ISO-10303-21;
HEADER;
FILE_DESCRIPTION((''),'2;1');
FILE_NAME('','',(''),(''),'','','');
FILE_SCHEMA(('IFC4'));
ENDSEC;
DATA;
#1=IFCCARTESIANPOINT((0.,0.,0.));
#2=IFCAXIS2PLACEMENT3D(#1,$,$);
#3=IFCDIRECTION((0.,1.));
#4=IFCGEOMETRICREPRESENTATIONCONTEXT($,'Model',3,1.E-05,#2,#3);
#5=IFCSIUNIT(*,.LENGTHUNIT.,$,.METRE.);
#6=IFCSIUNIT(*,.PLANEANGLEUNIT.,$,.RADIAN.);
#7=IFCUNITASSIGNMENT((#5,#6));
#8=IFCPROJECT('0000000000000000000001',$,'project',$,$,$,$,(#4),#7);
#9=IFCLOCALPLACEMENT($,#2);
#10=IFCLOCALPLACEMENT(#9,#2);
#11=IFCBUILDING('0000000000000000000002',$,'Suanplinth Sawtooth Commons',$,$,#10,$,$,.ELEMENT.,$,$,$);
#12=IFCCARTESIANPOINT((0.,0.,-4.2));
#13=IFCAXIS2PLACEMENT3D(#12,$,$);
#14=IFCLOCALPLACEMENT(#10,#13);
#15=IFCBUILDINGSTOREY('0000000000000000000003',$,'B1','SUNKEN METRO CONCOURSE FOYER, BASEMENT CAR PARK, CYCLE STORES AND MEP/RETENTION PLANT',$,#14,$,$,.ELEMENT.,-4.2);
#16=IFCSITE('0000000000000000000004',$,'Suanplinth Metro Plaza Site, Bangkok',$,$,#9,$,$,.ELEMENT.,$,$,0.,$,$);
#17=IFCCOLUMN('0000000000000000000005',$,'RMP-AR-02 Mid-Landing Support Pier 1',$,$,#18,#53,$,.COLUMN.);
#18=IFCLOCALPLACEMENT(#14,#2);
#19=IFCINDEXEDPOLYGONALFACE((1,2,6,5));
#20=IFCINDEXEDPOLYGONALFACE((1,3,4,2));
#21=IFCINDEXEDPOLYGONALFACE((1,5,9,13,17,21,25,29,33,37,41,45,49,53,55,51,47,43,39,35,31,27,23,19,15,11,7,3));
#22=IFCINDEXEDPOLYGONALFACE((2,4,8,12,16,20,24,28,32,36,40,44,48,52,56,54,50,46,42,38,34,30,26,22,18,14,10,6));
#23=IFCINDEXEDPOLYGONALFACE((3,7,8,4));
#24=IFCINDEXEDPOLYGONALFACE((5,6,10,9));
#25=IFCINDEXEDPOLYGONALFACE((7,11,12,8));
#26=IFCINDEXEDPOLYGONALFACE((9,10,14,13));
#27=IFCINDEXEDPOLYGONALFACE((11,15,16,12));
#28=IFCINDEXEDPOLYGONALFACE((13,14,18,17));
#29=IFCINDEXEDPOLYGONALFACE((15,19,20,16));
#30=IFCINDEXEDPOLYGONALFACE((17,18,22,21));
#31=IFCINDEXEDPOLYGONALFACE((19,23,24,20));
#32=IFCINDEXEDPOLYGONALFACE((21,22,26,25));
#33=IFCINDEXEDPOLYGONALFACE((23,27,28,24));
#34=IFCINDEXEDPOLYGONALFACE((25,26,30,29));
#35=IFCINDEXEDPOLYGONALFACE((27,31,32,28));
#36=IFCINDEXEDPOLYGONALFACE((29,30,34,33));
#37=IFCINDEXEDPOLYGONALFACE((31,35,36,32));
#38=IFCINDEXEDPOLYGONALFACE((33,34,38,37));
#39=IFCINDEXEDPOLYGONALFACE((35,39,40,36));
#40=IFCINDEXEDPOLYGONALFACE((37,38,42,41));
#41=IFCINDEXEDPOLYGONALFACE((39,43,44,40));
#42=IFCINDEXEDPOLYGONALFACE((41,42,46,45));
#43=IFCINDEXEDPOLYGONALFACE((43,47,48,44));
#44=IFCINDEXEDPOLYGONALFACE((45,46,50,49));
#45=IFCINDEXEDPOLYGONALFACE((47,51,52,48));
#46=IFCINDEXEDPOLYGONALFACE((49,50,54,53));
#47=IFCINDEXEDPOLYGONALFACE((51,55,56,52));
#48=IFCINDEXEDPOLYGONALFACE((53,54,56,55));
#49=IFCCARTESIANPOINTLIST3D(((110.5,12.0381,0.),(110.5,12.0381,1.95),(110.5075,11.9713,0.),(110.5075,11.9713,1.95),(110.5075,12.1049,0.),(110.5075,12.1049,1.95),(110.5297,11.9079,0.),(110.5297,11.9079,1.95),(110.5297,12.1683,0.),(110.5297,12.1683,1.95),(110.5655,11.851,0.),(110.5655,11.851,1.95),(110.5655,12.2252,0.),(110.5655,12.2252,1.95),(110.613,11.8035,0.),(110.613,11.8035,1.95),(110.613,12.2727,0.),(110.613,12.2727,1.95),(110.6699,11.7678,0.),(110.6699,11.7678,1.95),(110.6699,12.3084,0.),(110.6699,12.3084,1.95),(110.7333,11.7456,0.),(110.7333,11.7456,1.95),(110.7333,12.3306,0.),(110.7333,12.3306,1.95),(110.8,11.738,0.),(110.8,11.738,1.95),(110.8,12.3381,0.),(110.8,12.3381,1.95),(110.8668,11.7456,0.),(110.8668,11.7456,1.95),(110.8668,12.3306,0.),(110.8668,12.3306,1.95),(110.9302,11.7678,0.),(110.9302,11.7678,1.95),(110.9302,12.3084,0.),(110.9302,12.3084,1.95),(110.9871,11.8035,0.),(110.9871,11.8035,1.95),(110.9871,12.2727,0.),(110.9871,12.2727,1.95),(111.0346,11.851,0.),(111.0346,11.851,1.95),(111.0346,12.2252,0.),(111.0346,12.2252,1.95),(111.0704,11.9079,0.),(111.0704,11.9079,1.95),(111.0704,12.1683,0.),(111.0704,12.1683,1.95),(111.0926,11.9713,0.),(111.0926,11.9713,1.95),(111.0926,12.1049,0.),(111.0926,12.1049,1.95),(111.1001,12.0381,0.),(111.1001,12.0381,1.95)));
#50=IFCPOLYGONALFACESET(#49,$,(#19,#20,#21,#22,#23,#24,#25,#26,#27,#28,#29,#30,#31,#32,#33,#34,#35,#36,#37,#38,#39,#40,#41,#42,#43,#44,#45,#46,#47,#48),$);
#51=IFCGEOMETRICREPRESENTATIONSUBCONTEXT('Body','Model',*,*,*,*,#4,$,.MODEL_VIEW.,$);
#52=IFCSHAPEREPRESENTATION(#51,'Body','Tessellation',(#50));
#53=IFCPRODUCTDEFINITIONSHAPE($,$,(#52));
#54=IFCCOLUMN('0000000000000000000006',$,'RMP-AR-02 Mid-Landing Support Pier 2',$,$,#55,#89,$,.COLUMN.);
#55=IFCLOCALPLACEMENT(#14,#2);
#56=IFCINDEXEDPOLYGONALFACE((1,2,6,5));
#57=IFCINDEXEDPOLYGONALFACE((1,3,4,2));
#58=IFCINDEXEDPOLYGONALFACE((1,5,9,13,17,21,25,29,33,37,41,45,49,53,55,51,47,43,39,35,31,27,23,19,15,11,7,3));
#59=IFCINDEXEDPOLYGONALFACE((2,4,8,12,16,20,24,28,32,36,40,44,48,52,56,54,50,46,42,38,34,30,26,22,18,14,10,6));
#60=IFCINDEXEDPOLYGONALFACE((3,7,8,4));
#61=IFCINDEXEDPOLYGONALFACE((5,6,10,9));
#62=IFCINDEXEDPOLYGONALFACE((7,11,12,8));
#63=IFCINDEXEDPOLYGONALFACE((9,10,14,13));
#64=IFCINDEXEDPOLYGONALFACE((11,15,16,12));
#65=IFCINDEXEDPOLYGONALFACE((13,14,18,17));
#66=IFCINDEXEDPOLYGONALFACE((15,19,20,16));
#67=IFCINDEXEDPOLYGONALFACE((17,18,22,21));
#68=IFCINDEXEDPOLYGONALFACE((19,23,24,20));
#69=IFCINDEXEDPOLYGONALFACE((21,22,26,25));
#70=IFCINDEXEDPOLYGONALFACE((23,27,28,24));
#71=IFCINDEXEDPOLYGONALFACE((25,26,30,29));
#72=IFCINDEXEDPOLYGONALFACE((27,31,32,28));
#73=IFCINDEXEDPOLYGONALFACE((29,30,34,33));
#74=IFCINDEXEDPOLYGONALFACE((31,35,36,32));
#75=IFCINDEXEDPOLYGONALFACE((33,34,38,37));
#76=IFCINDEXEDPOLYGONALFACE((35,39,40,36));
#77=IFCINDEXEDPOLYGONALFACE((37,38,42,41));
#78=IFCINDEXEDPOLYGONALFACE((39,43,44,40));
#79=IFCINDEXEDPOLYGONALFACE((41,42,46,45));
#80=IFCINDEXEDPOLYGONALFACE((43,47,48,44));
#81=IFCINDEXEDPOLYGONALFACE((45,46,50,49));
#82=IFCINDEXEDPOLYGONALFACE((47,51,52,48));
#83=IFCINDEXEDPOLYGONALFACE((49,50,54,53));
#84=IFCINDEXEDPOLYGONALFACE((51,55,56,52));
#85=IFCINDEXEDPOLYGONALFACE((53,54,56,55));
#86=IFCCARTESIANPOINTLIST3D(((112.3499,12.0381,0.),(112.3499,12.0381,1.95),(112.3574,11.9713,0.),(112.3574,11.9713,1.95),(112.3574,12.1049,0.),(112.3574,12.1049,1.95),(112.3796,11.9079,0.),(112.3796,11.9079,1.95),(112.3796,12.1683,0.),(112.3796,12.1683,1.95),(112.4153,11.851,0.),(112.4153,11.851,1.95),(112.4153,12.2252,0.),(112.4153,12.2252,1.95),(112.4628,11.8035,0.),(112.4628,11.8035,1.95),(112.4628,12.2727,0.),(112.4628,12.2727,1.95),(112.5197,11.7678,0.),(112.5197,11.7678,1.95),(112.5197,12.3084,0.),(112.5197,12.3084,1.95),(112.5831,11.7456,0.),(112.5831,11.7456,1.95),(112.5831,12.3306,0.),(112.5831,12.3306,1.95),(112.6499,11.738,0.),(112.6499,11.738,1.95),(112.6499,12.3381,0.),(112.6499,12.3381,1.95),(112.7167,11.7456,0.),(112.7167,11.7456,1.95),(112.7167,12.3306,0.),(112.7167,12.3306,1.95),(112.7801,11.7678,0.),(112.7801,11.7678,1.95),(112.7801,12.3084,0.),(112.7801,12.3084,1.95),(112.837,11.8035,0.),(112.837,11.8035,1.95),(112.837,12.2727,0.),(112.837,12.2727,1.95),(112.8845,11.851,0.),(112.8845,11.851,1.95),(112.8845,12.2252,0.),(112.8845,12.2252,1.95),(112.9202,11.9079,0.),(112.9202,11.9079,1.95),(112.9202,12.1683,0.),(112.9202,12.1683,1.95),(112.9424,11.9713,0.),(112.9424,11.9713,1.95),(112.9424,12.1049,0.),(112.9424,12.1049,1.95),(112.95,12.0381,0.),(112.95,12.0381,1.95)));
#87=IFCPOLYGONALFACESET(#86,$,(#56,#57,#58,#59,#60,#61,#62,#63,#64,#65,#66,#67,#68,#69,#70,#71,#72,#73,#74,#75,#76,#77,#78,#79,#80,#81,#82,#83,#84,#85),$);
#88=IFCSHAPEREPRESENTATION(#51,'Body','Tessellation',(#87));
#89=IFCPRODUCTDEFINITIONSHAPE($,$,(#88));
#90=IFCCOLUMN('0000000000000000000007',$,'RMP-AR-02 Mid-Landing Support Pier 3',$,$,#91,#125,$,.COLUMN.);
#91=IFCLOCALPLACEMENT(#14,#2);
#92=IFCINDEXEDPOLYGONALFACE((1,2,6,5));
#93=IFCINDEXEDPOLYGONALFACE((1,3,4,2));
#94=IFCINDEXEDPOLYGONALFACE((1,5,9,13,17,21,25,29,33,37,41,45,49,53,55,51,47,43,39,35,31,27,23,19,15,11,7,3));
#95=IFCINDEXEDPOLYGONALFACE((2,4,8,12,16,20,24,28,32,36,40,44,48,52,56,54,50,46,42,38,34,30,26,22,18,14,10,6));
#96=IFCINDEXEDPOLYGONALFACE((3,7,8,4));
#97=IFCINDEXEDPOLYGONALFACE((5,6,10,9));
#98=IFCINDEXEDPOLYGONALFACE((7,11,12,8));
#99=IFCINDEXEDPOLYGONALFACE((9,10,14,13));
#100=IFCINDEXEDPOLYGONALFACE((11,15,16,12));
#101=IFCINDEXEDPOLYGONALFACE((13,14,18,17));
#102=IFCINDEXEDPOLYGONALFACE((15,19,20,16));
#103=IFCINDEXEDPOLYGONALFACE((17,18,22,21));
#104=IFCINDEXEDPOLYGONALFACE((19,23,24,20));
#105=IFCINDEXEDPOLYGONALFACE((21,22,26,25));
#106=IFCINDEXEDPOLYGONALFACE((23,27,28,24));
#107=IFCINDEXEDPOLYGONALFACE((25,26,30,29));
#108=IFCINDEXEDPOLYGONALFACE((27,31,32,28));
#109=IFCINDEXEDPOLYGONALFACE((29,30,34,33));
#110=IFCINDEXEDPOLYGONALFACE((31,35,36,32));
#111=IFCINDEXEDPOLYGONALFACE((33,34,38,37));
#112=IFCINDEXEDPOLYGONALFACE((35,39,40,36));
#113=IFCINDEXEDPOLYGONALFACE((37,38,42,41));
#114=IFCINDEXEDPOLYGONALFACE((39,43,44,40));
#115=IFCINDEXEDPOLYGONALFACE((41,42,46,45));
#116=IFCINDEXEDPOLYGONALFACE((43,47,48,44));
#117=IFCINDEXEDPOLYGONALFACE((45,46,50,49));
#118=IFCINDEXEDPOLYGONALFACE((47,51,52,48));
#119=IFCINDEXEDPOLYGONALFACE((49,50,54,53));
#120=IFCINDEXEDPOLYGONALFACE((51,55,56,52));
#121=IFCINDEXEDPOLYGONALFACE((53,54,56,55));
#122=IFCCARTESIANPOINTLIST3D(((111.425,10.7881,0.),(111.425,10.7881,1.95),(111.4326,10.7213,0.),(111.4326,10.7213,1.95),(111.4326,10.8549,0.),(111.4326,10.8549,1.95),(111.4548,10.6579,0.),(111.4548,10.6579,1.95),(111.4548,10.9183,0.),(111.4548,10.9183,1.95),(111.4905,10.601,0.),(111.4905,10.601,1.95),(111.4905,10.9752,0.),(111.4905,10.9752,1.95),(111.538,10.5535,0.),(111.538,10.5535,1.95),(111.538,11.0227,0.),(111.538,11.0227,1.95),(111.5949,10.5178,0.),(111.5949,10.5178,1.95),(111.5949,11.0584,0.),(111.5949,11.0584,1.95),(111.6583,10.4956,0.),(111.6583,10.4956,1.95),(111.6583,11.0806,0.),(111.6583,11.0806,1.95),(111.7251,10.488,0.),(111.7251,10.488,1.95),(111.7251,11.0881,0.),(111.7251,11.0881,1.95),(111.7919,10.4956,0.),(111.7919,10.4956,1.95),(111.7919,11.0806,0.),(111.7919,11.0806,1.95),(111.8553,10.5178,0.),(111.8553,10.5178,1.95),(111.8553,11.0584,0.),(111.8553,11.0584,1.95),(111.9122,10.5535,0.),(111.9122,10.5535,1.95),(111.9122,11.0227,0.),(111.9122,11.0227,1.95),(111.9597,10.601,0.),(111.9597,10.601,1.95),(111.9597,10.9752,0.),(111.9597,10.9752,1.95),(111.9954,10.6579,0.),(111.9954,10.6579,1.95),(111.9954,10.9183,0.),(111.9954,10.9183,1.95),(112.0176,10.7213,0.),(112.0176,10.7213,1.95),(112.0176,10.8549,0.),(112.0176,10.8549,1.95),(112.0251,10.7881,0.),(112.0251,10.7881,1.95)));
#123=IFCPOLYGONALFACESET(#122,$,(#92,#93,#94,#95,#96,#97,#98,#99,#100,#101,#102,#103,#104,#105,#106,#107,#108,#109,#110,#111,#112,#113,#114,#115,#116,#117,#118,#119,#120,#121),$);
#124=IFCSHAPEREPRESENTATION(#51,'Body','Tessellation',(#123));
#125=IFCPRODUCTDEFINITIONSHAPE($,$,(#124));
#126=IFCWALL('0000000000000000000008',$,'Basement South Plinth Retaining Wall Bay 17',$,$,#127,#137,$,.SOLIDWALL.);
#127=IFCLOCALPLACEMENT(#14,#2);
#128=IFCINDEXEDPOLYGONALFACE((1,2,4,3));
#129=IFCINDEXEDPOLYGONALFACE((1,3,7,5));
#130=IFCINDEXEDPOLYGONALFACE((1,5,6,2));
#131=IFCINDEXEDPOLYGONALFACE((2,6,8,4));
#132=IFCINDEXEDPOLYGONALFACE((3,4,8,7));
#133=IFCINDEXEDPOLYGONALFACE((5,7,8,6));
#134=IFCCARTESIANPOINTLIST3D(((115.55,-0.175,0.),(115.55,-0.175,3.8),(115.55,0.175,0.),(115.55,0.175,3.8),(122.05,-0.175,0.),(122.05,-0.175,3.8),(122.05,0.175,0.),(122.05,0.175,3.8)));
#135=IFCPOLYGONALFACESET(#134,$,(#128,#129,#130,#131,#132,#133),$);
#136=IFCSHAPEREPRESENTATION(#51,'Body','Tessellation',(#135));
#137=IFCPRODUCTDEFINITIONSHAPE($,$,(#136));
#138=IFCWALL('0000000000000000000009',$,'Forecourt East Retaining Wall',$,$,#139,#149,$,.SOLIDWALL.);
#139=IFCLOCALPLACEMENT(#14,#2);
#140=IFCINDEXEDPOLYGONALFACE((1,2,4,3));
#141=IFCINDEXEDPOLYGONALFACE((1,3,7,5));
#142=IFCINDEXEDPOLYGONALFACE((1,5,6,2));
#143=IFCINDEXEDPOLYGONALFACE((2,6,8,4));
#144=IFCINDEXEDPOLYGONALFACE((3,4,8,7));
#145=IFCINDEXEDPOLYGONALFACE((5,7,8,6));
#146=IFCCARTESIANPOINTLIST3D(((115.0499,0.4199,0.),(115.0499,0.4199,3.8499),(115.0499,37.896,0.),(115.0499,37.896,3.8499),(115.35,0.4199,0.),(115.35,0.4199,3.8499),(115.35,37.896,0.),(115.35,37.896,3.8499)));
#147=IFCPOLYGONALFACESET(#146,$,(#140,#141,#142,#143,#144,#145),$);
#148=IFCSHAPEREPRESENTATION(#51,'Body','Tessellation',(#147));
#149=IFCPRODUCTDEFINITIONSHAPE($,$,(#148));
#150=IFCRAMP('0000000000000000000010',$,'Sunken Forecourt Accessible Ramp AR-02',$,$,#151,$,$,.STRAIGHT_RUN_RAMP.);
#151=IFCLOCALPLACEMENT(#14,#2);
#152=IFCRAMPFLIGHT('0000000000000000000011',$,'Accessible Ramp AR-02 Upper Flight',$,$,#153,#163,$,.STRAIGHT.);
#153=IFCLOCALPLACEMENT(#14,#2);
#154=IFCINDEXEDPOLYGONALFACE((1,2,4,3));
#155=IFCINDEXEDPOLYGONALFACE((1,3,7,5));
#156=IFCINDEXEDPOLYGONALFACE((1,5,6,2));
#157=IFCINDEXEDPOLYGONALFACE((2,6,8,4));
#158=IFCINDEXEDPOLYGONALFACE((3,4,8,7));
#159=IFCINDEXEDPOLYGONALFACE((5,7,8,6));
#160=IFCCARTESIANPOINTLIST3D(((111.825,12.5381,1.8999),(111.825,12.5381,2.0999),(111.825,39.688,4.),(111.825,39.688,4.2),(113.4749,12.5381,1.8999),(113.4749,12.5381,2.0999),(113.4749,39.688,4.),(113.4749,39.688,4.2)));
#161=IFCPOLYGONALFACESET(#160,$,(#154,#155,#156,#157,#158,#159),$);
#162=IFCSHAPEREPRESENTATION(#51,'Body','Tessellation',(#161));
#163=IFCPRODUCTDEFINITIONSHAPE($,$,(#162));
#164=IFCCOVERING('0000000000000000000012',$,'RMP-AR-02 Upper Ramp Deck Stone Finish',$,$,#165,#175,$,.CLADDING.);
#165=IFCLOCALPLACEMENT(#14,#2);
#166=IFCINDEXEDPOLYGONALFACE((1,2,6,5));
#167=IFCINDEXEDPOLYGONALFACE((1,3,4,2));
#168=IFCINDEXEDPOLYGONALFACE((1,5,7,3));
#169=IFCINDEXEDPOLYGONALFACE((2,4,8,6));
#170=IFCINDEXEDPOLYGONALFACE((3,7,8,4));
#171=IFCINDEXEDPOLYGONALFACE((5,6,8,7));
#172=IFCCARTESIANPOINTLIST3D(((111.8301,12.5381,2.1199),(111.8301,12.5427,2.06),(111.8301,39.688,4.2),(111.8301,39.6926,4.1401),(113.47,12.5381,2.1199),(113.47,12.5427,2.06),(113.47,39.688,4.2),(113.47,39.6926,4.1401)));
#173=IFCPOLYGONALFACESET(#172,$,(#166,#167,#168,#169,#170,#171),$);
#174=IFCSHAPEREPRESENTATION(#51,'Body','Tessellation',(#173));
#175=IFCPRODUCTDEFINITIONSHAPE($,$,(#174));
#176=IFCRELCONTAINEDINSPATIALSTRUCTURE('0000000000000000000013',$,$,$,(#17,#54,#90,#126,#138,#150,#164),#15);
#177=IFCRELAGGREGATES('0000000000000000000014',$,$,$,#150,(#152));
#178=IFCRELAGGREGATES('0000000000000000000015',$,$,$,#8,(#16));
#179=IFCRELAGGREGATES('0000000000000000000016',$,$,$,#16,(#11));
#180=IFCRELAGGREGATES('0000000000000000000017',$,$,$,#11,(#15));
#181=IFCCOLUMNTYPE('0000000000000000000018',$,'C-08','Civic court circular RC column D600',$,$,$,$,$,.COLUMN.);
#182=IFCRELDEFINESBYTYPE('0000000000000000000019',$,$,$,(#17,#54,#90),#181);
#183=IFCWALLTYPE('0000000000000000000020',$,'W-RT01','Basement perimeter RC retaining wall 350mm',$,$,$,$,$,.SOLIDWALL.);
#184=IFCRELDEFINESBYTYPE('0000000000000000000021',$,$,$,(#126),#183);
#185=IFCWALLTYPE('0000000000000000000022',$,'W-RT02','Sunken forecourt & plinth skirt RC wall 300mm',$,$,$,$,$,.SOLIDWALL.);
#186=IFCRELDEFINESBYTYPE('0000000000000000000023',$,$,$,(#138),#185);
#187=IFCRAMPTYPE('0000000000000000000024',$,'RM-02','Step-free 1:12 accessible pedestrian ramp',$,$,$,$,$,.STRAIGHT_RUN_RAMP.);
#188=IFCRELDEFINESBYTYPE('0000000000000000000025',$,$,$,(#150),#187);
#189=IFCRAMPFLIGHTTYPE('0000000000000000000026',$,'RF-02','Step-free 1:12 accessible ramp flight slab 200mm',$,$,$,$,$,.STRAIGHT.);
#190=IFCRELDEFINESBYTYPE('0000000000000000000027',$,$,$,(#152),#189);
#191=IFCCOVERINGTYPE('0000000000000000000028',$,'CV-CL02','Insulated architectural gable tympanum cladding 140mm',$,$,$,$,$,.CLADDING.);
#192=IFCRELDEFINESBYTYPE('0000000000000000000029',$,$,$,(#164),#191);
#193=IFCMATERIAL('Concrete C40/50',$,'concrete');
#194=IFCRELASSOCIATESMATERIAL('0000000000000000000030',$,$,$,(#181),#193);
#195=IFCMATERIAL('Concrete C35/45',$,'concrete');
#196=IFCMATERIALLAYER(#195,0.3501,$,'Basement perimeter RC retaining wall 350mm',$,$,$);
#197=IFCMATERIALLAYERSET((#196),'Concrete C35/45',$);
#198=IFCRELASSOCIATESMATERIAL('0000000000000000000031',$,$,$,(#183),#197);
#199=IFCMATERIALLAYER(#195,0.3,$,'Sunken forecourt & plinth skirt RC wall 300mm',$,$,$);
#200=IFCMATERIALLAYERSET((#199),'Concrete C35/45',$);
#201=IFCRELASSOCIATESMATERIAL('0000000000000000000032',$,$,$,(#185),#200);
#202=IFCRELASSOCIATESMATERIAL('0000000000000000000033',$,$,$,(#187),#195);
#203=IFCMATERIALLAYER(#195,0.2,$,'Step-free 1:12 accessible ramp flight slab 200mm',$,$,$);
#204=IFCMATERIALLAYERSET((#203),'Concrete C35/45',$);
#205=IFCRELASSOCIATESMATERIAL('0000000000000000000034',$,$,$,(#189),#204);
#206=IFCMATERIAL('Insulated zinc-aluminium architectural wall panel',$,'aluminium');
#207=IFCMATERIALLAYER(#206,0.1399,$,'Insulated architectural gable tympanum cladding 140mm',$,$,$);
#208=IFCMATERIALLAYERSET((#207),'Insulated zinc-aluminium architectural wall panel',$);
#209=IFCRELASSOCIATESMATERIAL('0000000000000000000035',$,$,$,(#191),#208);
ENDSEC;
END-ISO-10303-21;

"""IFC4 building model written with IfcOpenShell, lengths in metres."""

from ifc_helpers import new_model, si_unit, direction, frame, frame_2d, origin, origin_2d, place, context, subcontext, project, spatial, polyline, rectangle, circle, outline, extrude, material, layer, layer_set, material_profile, profile_set, type_object, element, aggregate, save


model = new_model("IFC4")

# Units and contexts
model_context = context("Model", 3, precision=1e-05, world=origin(), true_north=direction((0.0, 1.0)))
body_context = subcontext(model_context, "Body", "Model", "MODEL_VIEW")
ifc_project = project(units=[si_unit("LENGTHUNIT", "METRE"), si_unit("PLANEANGLEUNIT", "RADIAN")], contexts=[model_context])

# Site, building, storey
site_placement = place(None, origin())
site = spatial("IfcSite", under=ifc_project, at=site_placement, Name="Suanplinth Metro Plaza Site, Bangkok", CompositionType="ELEMENT", RefElevation=0.0)
building_placement = place(site_placement, origin())
building = spatial("IfcBuilding", under=site, at=building_placement, Name="Suanplinth Sawtooth Commons", CompositionType="ELEMENT")
storey_placement = place(building_placement, frame((0.0, 0.0, -4.2)))
storey = spatial("IfcBuildingStorey", under=building, at=storey_placement, Name="B1", Description="SUNKEN METRO CONCOURSE FOYER, BASEMENT CAR PARK, CYCLE STORES AND MEP/RETENTION PLANT", CompositionType="ELEMENT", Elevation=-4.2)

# Shared definitions
ifc_material_1 = material(Name="Concrete C35/45", Category="concrete")

# Columns
ifc_material_2 = material(Name="Concrete C40/50", Category="concrete")
ifc_material_profile_1 = material_profile(ifc_material_2, circle(Radius=0.3, at=origin_2d()), Name="RC-CIRC D600")
ifc_profile_set_1 = profile_set([ifc_material_profile_1], Name="Concrete C40/50")
column_type_1 = type_object("IfcColumnType", Name="C-08", Description="Civic court circular RC column D600", PredefinedType="COLUMN", material=ifc_profile_set_1)
for number, where, z_axis, x_axis, name in (
    (1, (110.8, 12.0381, 0.0), (0.0, 0.0, 1.0), (1.0, 0.0, 0.0), "RMP-AR-02 Mid-Landing Support Pier 1"),
    (2, (112.6499, 12.0381, 0.0), (0.0, 0.0, 1.0), (1.0, 0.0, 0.0), "RMP-AR-02 Mid-Landing Support Pier 2"),
    (3, (111.7251, 10.7881, 0.0), (0.0, 0.0, 1.0), (1.0, 0.0, 0.0), "RMP-AR-02 Mid-Landing Support Pier 3"),
):
    element("IfcColumn", number, at=place(storey_placement, frame(where, z_axis=z_axis, x_axis=x_axis)), inside=storey, type_object=column_type_1, Name=name, PredefinedType="COLUMN", context=body_context, shape_type="SweptSolid", body=[
        extrude(circle(Radius=0.3, at=origin_2d()), origin(), (0.0, 0.0, 1.0), 1.95),
    ])

# Walls
ifc_layer_1 = layer(ifc_material_1, 0.3501, Name="Basement perimeter RC retaining wall 350mm")
ifc_layer_set_1 = layer_set([ifc_layer_1], Name="Concrete C35/45")
wall_type_1 = type_object("IfcWallType", Name="W-RT01", Description="Basement perimeter RC retaining wall 350mm", PredefinedType="SOLIDWALL", material=ifc_layer_set_1)
wall_1_placement = place(storey_placement, frame((115.55, 0.0, 0.0), z_axis=(0.0, 0.0, 1.0), x_axis=(1.0, 0.0, 0.0)))
element("IfcWall", 4, at=wall_1_placement, inside=storey, type_object=wall_type_1, Name="Basement South Plinth Retaining Wall Bay 17", PredefinedType="SOLIDWALL", context=body_context, shape_type="SweptSolid", body=[
    extrude(rectangle(XDim=6.5, YDim=0.3501, at=frame_2d((3.25, 0.0))), origin(), (0.0, 0.0, 1.0), 3.8),
])
ifc_layer_2 = layer(ifc_material_1, 0.3, Name="Sunken forecourt & plinth skirt RC wall 300mm")
ifc_layer_set_2 = layer_set([ifc_layer_2], Name="Concrete C35/45")
wall_type_2 = type_object("IfcWallType", Name="W-RT02", Description="Sunken forecourt & plinth skirt RC wall 300mm", PredefinedType="SOLIDWALL", material=ifc_layer_set_2)
wall_2_placement = place(storey_placement, frame((115.2, 0.4199, 0.0), z_axis=(0.0, 0.0, 1.0), x_axis=(0.0, 1.0, 0.0)))
element("IfcWall", 5, at=wall_2_placement, inside=storey, type_object=wall_type_2, Name="Forecourt East Retaining Wall", PredefinedType="SOLIDWALL", context=body_context, shape_type="SweptSolid", body=[
    extrude(rectangle(XDim=37.4761, YDim=0.3, at=frame_2d((18.738, 0.0))), origin(), (0.0, 0.0, 1.0), 3.8499),
])

# Ramp, ramp flight
ramp_type = type_object("IfcRampType", Name="RM-02", Description="Step-free 1:12 accessible pedestrian ramp", PredefinedType="STRAIGHT_RUN_RAMP", material=ifc_material_1)
ramp_placement = place(storey_placement, origin())
ramp = element("IfcRamp", 6, at=ramp_placement, inside=storey, type_object=ramp_type, Name="Sunken Forecourt Accessible Ramp AR-02", PredefinedType="STRAIGHT_RUN_RAMP")
ifc_layer_3 = layer(ifc_material_1, 0.2, Name="Step-free 1:12 accessible ramp flight slab 200mm")
ifc_layer_set_3 = layer_set([ifc_layer_3], Name="Concrete C35/45")
ramp_flight_type = type_object("IfcRampFlightType", Name="RF-02", Description="Step-free 1:12 accessible ramp flight slab 200mm", PredefinedType="STRAIGHT", material=ifc_layer_set_3)
ramp_flight_placement = place(storey_placement, frame((112.6499, 12.5381, 2.0999), z_axis=(0.0, 0.0, 1.0), x_axis=(0.0, 1.0, 0.0)))
ramp_flight = element("IfcRampFlight", 7, at=ramp_flight_placement, type_object=ramp_flight_type, Name="Accessible Ramp AR-02 Upper Flight", PredefinedType="STRAIGHT", context=body_context, shape_type="SweptSolid", body=[
    extrude(outline(polyline([(0.0, 0.0), (0.0, -0.2), (27.1499, 1.9001), (27.1499, 2.1001), (0.0, 0.0)])), frame((0.0, 0.825, 0.0), z_axis=(0.0, -1.0, 0.0), x_axis=(1.0, 0.0, 0.0)), (0.0, 0.0, 1.0), 1.6499),
])
aggregate(ramp, [ramp_flight])

# Covering
ifc_material_3 = material(Name="Insulated zinc-aluminium architectural wall panel", Category="aluminium")
ifc_layer_4 = layer(ifc_material_3, 0.1399, Name="Insulated architectural gable tympanum cladding 140mm")
ifc_layer_set_4 = layer_set([ifc_layer_4], Name="Insulated zinc-aluminium architectural wall panel")
covering_type = type_object("IfcCoveringType", Name="CV-CL02", Description="Insulated architectural gable tympanum cladding 140mm", PredefinedType="CLADDING", material=ifc_layer_set_4)
covering_placement = place(storey_placement, frame((111.8301, 12.5381, 2.1199), z_axis=(0.0, -0.076391, 0.997078), x_axis=(1.0, 0.0, 0.0)))
element("IfcCovering", 8, at=covering_placement, inside=storey, type_object=covering_type, Name="RMP-AR-02 Upper Ramp Deck Stone Finish", PredefinedType="CLADDING", context=body_context, shape_type="SweptSolid", body=[
    extrude(outline(polyline([(0.0, 0.0), (1.6399, 0.0), (1.6399, 27.2295), (0.0, 27.2295), (0.0, 0.0)])), origin(), (0.0, 0.0, -1.0), 0.0601),
])

save(model, "model.ifc")
